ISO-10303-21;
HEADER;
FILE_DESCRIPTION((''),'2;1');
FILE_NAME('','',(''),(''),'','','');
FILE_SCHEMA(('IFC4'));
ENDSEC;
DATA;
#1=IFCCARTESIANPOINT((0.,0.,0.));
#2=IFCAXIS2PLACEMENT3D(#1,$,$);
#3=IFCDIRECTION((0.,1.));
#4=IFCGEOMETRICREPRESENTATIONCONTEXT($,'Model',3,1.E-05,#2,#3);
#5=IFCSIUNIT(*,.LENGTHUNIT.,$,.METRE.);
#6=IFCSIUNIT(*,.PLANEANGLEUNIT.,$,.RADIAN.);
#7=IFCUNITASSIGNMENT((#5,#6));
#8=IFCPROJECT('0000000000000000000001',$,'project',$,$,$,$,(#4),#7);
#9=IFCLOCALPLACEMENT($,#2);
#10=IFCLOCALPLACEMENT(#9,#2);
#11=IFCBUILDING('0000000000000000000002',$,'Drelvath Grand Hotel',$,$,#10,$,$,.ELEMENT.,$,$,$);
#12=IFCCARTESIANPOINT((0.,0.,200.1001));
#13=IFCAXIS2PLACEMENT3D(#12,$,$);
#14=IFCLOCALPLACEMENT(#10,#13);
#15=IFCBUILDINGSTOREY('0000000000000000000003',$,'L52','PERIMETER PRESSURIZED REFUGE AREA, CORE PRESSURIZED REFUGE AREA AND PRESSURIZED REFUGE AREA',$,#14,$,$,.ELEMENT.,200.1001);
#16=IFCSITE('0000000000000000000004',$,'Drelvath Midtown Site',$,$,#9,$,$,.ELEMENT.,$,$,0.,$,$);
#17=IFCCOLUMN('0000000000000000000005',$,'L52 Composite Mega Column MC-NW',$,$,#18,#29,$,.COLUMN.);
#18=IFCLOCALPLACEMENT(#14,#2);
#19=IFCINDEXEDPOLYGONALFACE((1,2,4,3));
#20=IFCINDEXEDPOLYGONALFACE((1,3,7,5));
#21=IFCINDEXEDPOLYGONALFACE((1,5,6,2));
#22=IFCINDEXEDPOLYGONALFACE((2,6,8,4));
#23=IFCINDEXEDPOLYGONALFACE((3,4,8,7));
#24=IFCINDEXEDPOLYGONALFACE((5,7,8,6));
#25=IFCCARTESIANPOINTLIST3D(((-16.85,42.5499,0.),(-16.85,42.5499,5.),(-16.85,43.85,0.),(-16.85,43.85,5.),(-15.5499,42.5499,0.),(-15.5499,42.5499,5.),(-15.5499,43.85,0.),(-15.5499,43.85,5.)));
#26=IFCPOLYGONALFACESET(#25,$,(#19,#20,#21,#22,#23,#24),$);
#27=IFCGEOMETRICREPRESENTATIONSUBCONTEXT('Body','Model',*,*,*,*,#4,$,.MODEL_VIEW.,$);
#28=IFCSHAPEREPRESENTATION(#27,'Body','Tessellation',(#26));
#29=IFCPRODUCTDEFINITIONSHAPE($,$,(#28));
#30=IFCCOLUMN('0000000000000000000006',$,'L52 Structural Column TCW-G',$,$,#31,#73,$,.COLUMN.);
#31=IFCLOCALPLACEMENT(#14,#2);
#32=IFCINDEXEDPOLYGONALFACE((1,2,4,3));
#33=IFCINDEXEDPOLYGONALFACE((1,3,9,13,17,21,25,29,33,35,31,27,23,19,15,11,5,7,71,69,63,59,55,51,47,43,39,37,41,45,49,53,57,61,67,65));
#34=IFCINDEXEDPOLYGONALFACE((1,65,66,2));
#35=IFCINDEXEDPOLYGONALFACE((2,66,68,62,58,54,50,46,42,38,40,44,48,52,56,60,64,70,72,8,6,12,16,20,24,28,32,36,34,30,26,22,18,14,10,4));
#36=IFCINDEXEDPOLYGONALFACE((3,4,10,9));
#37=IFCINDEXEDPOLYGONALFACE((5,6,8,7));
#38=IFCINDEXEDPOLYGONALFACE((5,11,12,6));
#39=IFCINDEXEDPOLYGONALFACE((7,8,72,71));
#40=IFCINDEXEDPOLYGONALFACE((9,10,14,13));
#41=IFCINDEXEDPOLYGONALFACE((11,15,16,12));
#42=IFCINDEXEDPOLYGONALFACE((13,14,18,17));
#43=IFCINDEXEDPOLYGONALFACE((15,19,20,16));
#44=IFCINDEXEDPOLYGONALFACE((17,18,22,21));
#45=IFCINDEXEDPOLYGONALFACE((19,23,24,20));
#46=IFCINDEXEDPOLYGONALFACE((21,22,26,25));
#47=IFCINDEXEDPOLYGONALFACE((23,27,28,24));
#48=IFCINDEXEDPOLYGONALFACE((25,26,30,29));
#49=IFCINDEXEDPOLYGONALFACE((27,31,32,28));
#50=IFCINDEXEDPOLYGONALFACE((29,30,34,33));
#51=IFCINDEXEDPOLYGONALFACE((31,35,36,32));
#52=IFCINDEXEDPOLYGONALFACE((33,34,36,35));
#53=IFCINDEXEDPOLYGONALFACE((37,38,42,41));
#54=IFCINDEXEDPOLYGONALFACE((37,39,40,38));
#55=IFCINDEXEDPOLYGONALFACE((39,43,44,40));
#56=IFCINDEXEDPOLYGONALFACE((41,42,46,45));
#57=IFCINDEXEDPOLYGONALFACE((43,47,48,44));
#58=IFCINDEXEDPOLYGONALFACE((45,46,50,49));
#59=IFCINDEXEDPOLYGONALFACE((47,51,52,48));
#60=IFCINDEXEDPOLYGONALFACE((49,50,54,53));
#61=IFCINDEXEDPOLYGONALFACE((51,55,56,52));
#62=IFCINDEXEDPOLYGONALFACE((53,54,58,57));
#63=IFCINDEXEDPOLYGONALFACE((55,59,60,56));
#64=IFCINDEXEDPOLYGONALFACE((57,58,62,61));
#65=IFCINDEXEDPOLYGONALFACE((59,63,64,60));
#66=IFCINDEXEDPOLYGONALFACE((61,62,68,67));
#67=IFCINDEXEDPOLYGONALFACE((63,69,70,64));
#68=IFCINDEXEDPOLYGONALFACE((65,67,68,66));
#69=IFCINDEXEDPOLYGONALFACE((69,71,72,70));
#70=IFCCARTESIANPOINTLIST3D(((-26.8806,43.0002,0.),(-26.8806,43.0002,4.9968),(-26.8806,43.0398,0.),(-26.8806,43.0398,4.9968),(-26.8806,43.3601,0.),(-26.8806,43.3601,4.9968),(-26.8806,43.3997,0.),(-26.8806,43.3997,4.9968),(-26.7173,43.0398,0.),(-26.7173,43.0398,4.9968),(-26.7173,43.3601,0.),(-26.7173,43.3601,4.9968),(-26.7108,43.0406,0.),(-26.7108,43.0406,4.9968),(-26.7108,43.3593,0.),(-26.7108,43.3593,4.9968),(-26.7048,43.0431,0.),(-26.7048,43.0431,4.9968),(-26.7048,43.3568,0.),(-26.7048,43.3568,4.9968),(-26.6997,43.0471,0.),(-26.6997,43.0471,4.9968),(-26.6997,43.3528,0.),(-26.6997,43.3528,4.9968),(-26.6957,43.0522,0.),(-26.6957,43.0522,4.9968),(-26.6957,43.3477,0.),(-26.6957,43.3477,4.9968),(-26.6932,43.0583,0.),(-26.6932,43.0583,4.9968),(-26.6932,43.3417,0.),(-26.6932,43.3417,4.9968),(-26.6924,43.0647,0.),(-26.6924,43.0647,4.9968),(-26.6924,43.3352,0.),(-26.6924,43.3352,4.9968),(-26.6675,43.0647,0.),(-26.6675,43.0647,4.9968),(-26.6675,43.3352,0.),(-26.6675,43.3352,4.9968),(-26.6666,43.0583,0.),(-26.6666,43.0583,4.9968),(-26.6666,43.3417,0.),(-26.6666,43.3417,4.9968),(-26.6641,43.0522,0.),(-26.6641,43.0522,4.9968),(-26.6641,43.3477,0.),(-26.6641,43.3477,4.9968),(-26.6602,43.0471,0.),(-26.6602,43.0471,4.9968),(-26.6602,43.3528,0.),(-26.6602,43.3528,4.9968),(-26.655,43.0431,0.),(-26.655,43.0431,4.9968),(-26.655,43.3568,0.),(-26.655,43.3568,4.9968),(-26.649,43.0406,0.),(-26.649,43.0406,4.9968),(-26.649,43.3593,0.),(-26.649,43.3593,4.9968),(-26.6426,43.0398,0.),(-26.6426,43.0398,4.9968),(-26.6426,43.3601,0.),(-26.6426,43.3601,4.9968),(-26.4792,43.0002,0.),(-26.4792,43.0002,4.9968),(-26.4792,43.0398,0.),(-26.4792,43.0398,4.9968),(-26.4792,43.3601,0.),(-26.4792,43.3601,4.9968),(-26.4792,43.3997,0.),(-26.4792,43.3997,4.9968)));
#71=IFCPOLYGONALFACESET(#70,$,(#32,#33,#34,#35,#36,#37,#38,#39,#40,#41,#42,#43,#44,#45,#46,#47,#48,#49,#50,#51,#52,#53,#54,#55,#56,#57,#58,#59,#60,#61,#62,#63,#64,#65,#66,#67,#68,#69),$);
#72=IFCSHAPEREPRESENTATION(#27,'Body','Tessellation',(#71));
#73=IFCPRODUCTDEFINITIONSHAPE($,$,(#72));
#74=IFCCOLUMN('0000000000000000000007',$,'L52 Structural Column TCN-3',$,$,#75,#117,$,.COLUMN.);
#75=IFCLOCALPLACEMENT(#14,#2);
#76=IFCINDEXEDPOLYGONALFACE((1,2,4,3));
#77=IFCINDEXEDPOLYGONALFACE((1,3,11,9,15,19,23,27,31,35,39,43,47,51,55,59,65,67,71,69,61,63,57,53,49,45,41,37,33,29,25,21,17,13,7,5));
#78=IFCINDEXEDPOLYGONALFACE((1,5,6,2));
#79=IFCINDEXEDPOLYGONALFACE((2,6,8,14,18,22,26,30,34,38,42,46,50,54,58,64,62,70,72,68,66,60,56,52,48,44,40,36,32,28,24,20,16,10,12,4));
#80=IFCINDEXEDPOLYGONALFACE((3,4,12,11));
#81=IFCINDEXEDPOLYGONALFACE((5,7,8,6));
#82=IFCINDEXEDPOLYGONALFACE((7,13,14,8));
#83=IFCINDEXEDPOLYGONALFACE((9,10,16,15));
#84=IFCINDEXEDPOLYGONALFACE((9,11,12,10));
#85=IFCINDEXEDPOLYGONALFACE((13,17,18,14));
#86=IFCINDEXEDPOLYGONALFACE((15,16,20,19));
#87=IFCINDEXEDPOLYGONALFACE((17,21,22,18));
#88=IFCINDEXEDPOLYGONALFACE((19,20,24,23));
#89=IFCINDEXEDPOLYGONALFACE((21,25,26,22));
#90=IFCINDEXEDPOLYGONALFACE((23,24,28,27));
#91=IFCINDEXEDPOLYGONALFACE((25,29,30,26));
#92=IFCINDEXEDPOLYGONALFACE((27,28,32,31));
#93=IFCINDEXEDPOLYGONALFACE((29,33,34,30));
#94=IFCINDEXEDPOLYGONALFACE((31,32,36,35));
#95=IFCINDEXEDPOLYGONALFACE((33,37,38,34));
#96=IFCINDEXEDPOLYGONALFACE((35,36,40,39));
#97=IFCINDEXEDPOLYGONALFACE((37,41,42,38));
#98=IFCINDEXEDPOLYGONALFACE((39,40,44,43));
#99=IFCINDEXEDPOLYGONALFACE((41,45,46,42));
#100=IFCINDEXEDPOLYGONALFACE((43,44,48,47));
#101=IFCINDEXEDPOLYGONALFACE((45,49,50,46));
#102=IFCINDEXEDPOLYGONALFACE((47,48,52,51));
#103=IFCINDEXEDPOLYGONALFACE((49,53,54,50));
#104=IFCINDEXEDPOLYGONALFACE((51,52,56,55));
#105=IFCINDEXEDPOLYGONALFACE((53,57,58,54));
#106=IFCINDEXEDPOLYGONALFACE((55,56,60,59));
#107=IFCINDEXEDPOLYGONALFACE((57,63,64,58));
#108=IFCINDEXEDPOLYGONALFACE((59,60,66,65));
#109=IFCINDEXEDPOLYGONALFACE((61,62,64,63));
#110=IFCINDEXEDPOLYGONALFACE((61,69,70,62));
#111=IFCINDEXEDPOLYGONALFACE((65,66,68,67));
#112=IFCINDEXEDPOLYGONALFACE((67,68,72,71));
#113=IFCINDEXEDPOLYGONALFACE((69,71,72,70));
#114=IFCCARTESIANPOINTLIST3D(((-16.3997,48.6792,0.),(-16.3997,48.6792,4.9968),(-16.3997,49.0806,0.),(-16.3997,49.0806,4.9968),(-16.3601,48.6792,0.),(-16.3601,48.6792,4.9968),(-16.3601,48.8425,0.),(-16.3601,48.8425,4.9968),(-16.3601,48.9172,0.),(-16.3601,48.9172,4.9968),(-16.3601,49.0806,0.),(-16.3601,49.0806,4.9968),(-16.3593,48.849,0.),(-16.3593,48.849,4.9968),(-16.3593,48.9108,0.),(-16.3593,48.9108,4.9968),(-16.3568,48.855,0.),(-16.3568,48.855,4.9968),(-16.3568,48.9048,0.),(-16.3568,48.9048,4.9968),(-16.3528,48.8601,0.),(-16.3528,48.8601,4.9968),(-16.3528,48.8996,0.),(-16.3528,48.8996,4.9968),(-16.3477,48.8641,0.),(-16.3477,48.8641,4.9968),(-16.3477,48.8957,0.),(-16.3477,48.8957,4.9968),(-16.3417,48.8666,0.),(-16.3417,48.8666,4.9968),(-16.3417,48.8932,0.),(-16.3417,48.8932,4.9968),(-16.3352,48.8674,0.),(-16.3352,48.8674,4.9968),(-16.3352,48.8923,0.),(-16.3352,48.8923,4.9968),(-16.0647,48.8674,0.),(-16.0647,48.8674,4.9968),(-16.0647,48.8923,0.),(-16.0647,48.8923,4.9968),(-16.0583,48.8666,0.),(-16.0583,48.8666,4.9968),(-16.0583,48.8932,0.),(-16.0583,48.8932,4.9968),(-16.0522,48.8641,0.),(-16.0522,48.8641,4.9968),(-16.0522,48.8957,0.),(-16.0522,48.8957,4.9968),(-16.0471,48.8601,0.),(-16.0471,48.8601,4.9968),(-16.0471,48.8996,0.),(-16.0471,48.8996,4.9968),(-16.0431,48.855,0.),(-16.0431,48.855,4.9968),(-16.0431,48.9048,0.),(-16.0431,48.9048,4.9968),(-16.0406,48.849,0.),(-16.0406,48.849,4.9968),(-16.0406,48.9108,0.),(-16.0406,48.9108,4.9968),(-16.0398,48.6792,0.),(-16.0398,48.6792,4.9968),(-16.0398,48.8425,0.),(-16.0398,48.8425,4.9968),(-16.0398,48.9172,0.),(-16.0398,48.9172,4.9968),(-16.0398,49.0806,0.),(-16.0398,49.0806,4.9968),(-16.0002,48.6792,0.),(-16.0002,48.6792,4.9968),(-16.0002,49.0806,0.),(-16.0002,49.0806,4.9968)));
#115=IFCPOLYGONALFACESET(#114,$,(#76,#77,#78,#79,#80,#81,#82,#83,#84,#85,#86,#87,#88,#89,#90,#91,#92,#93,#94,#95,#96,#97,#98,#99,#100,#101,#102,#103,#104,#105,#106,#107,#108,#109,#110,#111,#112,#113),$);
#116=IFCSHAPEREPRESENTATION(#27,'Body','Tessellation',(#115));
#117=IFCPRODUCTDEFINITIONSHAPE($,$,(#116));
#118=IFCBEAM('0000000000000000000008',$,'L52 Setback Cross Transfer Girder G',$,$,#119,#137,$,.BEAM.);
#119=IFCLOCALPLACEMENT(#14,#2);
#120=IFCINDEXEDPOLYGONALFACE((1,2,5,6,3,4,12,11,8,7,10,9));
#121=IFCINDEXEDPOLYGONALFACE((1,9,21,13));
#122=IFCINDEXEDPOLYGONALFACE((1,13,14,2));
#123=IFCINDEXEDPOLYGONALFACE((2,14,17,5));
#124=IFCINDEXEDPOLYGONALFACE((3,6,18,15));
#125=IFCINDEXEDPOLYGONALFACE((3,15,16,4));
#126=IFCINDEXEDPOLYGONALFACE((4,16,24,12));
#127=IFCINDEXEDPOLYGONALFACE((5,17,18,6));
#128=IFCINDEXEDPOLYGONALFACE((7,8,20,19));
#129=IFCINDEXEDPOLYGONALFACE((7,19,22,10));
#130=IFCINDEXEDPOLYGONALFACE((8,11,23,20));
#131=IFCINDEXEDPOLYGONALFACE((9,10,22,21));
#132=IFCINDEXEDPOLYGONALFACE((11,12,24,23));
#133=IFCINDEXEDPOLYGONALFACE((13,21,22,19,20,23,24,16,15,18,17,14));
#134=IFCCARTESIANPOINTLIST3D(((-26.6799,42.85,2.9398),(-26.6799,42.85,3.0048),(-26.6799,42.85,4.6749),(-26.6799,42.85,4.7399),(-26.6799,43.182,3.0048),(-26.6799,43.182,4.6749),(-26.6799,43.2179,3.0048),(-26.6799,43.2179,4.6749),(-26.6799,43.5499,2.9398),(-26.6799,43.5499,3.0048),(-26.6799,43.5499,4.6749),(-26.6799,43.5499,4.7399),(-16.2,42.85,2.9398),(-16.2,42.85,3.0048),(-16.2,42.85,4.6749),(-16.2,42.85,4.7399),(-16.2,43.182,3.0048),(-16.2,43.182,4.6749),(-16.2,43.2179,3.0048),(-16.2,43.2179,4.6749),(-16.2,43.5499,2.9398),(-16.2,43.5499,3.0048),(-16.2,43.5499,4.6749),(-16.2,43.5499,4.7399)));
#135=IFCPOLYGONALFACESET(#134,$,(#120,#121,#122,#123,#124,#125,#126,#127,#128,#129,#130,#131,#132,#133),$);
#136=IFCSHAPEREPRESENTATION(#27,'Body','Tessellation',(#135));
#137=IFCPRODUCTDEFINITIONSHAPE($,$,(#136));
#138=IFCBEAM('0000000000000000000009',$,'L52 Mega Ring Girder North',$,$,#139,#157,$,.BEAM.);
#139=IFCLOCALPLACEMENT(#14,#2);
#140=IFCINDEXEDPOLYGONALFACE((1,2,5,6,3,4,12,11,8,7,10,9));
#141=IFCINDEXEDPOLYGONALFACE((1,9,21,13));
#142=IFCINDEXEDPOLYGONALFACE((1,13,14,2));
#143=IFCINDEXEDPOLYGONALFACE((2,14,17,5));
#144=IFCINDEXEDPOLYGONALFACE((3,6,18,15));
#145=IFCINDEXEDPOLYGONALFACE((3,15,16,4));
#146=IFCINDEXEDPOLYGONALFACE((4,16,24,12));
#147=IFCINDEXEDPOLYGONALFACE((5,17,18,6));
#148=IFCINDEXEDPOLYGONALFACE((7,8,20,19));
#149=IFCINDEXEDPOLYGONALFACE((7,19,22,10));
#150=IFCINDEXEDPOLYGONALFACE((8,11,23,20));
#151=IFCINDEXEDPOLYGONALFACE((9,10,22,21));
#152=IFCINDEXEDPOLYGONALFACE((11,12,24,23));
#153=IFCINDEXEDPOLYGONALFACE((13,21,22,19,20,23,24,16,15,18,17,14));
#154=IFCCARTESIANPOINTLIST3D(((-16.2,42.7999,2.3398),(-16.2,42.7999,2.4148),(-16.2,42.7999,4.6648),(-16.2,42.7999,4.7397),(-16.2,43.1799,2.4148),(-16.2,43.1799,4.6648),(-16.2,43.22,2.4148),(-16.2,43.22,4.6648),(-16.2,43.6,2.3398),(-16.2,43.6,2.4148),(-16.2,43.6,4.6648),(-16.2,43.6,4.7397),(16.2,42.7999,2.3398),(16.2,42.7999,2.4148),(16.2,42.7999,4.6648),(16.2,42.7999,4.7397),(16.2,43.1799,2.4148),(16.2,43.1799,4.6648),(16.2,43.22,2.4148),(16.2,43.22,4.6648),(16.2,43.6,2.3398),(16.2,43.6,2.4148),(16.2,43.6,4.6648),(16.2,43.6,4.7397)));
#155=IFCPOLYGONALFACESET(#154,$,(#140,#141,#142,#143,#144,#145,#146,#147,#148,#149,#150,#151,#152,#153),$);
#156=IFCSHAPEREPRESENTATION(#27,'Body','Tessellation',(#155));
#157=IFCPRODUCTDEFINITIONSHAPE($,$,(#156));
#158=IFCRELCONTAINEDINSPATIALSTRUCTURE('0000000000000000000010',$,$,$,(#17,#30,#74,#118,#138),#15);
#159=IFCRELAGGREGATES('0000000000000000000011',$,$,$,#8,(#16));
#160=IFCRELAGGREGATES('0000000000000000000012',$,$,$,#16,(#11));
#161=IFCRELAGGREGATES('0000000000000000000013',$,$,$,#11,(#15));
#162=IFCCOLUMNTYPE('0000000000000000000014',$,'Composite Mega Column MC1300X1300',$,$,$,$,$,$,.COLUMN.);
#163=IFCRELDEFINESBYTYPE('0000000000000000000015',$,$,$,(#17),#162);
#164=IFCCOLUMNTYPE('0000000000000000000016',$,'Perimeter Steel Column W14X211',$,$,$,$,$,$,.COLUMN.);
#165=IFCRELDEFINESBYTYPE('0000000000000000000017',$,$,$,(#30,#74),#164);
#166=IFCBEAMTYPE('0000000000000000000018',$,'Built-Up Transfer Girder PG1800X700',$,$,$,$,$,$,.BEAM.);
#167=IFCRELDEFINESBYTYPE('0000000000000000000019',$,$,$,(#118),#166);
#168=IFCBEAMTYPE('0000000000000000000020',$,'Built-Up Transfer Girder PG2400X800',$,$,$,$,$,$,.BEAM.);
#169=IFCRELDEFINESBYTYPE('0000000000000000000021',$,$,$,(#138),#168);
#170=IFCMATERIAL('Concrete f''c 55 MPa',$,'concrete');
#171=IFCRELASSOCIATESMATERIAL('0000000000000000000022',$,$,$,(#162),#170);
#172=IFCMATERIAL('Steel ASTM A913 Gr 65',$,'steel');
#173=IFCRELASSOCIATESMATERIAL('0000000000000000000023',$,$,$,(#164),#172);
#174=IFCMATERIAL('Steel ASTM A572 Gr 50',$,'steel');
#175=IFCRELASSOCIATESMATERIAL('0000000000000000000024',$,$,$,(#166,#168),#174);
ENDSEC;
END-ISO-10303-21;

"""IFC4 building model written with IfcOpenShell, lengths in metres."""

from ifc_helpers import new_model, si_unit, direction, frame, origin, origin_2d, place, context, subcontext, project, spatial, rectangle, i_section, extrude, material, material_profile, profile_set, type_object, element, save


model = new_model("IFC4")

# Units and contexts
model_context = context("Model", 3, precision=1e-05, world=origin(), true_north=direction((0.0, 1.0)))
body_context = subcontext(model_context, "Body", "Model", "MODEL_VIEW")
ifc_project = project(units=[si_unit("LENGTHUNIT", "METRE"), si_unit("PLANEANGLEUNIT", "RADIAN")], contexts=[model_context])

# Site, building, storey
site_placement = place(None, origin())
site = spatial("IfcSite", under=ifc_project, at=site_placement, Name="Drelvath Midtown Site", CompositionType="ELEMENT", RefElevation=0.0)
building_placement = place(site_placement, origin())
building = spatial("IfcBuilding", under=site, at=building_placement, Name="Drelvath Grand Hotel", CompositionType="ELEMENT")
storey_placement = place(building_placement, frame((0.0, 0.0, 200.1001)))
storey = spatial("IfcBuildingStorey", under=building, at=storey_placement, Name="L52", Description="PERIMETER PRESSURIZED REFUGE AREA, CORE PRESSURIZED REFUGE AREA AND PRESSURIZED REFUGE AREA", CompositionType="ELEMENT", Elevation=200.1001)

# Columns
ifc_material_1 = material(Name="Concrete f'c 55 MPa", Category="concrete")
ifc_material_profile_1 = material_profile(ifc_material_1, rectangle(XDim=1.3, YDim=1.3, at=origin_2d()), Name="MC1300X1300")
ifc_profile_set_1 = profile_set([ifc_material_profile_1], Name="Concrete f'c 55 MPa")
column_type_1 = type_object("IfcColumnType", Name="Composite Mega Column MC1300X1300", PredefinedType="COLUMN", material=ifc_profile_set_1)
column_placement = place(storey_placement, frame((-16.2, 43.2, 0.0), z_axis=(0.0, 0.0, 1.0), x_axis=(1.0, 0.0, 0.0)))
element("IfcColumn", 1, at=column_placement, inside=storey, type_object=column_type_1, Name="L52 Composite Mega Column MC-NW", PredefinedType="COLUMN", context=body_context, shape_type="SweptSolid", body=[
    extrude(rectangle(XDim=1.3, YDim=1.3, at=origin_2d()), origin(), (0.0, 0.0, 1.0), 5.0),
])
ifc_material_2 = material(Name="Steel ASTM A913 Gr 65", Category="steel")
ifc_material_profile_2 = material_profile(ifc_material_2, i_section(OverallWidth=0.4014, OverallDepth=0.3994, WebThickness=0.0249, FlangeThickness=0.0396, FilletRadius=0.0249, at=origin_2d()), Name="W14X211")
ifc_profile_set_2 = profile_set([ifc_material_profile_2], Name="Steel ASTM A913 Gr 65")
column_type_2 = type_object("IfcColumnType", Name="Perimeter Steel Column W14X211", PredefinedType="COLUMN", material=ifc_profile_set_2)
for number, where, z_axis, x_axis, name in (
    (2, (-26.6799, 43.2, 0.0), (0.0, 0.0, 1.0), (1.0, 0.0, 0.0), "L52 Structural Column TCW-G"),
    (3, (-16.2, 48.8799, 0.0), (0.0, 0.0, 1.0), (0.0, 1.0, 0.0), "L52 Structural Column TCN-3"),
):
    element("IfcColumn", number, at=place(storey_placement, frame(where, z_axis=z_axis, x_axis=x_axis)), inside=storey, type_object=column_type_2, Name=name, PredefinedType="COLUMN", context=body_context, shape_type="SweptSolid", body=[
        extrude(i_section(OverallWidth=0.4014, OverallDepth=0.3994, WebThickness=0.0249, FlangeThickness=0.0396, FilletRadius=0.0249, at=origin_2d()), origin(), (0.0, 0.0, 1.0), 4.9968),
    ])

# Beams
ifc_material_3 = material(Name="Steel ASTM A572 Gr 50", Category="steel")
ifc_material_profile_3 = material_profile(ifc_material_3, i_section(OverallWidth=0.7, OverallDepth=1.8, WebThickness=0.0359, FlangeThickness=0.0649, at=origin_2d()), Name="PG1800X700")
ifc_profile_set_3 = profile_set([ifc_material_profile_3], Name="Steel ASTM A572 Gr 50")
beam_type_1 = type_object("IfcBeamType", Name="Built-Up Transfer Girder PG1800X700", PredefinedType="BEAM", material=ifc_profile_set_3)
beam_1_placement = place(storey_placement, frame((-26.6799, 43.2, 3.8398), z_axis=(1.0, 0.0, 0.0), x_axis=(0.0, 1.0, 0.0)))
element("IfcBeam", 4, at=beam_1_placement, inside=storey, type_object=beam_type_1, Name="L52 Setback Cross Transfer Girder G", PredefinedType="BEAM", context=body_context, shape_type="SweptSolid", body=[
    extrude(i_section(OverallWidth=0.7, OverallDepth=1.8, WebThickness=0.0359, FlangeThickness=0.0649, at=origin_2d()), origin(), (0.0, 0.0, 1.0), 10.48),
])
ifc_material_profile_4 = material_profile(ifc_material_3, i_section(OverallWidth=0.8, OverallDepth=2.3999, WebThickness=0.04, FlangeThickness=0.075, at=origin_2d()), Name="PG2400X800")
ifc_profile_set_4 = profile_set([ifc_material_profile_4], Name="Steel ASTM A572 Gr 50")
beam_type_2 = type_object("IfcBeamType", Name="Built-Up Transfer Girder PG2400X800", PredefinedType="BEAM", material=ifc_profile_set_4)
beam_2_placement = place(storey_placement, frame((-16.2, 43.2, 3.5398), z_axis=(1.0, 0.0, 0.0), x_axis=(0.0, 1.0, 0.0)))
element("IfcBeam", 5, at=beam_2_placement, inside=storey, type_object=beam_type_2, Name="L52 Mega Ring Girder North", PredefinedType="BEAM", context=body_context, shape_type="SweptSolid", body=[
    extrude(i_section(OverallWidth=0.8, OverallDepth=2.3999, WebThickness=0.04, FlangeThickness=0.075, at=origin_2d()), origin(), (0.0, 0.0, 1.0), 32.3999),
])

save(model, "model.ifc")
